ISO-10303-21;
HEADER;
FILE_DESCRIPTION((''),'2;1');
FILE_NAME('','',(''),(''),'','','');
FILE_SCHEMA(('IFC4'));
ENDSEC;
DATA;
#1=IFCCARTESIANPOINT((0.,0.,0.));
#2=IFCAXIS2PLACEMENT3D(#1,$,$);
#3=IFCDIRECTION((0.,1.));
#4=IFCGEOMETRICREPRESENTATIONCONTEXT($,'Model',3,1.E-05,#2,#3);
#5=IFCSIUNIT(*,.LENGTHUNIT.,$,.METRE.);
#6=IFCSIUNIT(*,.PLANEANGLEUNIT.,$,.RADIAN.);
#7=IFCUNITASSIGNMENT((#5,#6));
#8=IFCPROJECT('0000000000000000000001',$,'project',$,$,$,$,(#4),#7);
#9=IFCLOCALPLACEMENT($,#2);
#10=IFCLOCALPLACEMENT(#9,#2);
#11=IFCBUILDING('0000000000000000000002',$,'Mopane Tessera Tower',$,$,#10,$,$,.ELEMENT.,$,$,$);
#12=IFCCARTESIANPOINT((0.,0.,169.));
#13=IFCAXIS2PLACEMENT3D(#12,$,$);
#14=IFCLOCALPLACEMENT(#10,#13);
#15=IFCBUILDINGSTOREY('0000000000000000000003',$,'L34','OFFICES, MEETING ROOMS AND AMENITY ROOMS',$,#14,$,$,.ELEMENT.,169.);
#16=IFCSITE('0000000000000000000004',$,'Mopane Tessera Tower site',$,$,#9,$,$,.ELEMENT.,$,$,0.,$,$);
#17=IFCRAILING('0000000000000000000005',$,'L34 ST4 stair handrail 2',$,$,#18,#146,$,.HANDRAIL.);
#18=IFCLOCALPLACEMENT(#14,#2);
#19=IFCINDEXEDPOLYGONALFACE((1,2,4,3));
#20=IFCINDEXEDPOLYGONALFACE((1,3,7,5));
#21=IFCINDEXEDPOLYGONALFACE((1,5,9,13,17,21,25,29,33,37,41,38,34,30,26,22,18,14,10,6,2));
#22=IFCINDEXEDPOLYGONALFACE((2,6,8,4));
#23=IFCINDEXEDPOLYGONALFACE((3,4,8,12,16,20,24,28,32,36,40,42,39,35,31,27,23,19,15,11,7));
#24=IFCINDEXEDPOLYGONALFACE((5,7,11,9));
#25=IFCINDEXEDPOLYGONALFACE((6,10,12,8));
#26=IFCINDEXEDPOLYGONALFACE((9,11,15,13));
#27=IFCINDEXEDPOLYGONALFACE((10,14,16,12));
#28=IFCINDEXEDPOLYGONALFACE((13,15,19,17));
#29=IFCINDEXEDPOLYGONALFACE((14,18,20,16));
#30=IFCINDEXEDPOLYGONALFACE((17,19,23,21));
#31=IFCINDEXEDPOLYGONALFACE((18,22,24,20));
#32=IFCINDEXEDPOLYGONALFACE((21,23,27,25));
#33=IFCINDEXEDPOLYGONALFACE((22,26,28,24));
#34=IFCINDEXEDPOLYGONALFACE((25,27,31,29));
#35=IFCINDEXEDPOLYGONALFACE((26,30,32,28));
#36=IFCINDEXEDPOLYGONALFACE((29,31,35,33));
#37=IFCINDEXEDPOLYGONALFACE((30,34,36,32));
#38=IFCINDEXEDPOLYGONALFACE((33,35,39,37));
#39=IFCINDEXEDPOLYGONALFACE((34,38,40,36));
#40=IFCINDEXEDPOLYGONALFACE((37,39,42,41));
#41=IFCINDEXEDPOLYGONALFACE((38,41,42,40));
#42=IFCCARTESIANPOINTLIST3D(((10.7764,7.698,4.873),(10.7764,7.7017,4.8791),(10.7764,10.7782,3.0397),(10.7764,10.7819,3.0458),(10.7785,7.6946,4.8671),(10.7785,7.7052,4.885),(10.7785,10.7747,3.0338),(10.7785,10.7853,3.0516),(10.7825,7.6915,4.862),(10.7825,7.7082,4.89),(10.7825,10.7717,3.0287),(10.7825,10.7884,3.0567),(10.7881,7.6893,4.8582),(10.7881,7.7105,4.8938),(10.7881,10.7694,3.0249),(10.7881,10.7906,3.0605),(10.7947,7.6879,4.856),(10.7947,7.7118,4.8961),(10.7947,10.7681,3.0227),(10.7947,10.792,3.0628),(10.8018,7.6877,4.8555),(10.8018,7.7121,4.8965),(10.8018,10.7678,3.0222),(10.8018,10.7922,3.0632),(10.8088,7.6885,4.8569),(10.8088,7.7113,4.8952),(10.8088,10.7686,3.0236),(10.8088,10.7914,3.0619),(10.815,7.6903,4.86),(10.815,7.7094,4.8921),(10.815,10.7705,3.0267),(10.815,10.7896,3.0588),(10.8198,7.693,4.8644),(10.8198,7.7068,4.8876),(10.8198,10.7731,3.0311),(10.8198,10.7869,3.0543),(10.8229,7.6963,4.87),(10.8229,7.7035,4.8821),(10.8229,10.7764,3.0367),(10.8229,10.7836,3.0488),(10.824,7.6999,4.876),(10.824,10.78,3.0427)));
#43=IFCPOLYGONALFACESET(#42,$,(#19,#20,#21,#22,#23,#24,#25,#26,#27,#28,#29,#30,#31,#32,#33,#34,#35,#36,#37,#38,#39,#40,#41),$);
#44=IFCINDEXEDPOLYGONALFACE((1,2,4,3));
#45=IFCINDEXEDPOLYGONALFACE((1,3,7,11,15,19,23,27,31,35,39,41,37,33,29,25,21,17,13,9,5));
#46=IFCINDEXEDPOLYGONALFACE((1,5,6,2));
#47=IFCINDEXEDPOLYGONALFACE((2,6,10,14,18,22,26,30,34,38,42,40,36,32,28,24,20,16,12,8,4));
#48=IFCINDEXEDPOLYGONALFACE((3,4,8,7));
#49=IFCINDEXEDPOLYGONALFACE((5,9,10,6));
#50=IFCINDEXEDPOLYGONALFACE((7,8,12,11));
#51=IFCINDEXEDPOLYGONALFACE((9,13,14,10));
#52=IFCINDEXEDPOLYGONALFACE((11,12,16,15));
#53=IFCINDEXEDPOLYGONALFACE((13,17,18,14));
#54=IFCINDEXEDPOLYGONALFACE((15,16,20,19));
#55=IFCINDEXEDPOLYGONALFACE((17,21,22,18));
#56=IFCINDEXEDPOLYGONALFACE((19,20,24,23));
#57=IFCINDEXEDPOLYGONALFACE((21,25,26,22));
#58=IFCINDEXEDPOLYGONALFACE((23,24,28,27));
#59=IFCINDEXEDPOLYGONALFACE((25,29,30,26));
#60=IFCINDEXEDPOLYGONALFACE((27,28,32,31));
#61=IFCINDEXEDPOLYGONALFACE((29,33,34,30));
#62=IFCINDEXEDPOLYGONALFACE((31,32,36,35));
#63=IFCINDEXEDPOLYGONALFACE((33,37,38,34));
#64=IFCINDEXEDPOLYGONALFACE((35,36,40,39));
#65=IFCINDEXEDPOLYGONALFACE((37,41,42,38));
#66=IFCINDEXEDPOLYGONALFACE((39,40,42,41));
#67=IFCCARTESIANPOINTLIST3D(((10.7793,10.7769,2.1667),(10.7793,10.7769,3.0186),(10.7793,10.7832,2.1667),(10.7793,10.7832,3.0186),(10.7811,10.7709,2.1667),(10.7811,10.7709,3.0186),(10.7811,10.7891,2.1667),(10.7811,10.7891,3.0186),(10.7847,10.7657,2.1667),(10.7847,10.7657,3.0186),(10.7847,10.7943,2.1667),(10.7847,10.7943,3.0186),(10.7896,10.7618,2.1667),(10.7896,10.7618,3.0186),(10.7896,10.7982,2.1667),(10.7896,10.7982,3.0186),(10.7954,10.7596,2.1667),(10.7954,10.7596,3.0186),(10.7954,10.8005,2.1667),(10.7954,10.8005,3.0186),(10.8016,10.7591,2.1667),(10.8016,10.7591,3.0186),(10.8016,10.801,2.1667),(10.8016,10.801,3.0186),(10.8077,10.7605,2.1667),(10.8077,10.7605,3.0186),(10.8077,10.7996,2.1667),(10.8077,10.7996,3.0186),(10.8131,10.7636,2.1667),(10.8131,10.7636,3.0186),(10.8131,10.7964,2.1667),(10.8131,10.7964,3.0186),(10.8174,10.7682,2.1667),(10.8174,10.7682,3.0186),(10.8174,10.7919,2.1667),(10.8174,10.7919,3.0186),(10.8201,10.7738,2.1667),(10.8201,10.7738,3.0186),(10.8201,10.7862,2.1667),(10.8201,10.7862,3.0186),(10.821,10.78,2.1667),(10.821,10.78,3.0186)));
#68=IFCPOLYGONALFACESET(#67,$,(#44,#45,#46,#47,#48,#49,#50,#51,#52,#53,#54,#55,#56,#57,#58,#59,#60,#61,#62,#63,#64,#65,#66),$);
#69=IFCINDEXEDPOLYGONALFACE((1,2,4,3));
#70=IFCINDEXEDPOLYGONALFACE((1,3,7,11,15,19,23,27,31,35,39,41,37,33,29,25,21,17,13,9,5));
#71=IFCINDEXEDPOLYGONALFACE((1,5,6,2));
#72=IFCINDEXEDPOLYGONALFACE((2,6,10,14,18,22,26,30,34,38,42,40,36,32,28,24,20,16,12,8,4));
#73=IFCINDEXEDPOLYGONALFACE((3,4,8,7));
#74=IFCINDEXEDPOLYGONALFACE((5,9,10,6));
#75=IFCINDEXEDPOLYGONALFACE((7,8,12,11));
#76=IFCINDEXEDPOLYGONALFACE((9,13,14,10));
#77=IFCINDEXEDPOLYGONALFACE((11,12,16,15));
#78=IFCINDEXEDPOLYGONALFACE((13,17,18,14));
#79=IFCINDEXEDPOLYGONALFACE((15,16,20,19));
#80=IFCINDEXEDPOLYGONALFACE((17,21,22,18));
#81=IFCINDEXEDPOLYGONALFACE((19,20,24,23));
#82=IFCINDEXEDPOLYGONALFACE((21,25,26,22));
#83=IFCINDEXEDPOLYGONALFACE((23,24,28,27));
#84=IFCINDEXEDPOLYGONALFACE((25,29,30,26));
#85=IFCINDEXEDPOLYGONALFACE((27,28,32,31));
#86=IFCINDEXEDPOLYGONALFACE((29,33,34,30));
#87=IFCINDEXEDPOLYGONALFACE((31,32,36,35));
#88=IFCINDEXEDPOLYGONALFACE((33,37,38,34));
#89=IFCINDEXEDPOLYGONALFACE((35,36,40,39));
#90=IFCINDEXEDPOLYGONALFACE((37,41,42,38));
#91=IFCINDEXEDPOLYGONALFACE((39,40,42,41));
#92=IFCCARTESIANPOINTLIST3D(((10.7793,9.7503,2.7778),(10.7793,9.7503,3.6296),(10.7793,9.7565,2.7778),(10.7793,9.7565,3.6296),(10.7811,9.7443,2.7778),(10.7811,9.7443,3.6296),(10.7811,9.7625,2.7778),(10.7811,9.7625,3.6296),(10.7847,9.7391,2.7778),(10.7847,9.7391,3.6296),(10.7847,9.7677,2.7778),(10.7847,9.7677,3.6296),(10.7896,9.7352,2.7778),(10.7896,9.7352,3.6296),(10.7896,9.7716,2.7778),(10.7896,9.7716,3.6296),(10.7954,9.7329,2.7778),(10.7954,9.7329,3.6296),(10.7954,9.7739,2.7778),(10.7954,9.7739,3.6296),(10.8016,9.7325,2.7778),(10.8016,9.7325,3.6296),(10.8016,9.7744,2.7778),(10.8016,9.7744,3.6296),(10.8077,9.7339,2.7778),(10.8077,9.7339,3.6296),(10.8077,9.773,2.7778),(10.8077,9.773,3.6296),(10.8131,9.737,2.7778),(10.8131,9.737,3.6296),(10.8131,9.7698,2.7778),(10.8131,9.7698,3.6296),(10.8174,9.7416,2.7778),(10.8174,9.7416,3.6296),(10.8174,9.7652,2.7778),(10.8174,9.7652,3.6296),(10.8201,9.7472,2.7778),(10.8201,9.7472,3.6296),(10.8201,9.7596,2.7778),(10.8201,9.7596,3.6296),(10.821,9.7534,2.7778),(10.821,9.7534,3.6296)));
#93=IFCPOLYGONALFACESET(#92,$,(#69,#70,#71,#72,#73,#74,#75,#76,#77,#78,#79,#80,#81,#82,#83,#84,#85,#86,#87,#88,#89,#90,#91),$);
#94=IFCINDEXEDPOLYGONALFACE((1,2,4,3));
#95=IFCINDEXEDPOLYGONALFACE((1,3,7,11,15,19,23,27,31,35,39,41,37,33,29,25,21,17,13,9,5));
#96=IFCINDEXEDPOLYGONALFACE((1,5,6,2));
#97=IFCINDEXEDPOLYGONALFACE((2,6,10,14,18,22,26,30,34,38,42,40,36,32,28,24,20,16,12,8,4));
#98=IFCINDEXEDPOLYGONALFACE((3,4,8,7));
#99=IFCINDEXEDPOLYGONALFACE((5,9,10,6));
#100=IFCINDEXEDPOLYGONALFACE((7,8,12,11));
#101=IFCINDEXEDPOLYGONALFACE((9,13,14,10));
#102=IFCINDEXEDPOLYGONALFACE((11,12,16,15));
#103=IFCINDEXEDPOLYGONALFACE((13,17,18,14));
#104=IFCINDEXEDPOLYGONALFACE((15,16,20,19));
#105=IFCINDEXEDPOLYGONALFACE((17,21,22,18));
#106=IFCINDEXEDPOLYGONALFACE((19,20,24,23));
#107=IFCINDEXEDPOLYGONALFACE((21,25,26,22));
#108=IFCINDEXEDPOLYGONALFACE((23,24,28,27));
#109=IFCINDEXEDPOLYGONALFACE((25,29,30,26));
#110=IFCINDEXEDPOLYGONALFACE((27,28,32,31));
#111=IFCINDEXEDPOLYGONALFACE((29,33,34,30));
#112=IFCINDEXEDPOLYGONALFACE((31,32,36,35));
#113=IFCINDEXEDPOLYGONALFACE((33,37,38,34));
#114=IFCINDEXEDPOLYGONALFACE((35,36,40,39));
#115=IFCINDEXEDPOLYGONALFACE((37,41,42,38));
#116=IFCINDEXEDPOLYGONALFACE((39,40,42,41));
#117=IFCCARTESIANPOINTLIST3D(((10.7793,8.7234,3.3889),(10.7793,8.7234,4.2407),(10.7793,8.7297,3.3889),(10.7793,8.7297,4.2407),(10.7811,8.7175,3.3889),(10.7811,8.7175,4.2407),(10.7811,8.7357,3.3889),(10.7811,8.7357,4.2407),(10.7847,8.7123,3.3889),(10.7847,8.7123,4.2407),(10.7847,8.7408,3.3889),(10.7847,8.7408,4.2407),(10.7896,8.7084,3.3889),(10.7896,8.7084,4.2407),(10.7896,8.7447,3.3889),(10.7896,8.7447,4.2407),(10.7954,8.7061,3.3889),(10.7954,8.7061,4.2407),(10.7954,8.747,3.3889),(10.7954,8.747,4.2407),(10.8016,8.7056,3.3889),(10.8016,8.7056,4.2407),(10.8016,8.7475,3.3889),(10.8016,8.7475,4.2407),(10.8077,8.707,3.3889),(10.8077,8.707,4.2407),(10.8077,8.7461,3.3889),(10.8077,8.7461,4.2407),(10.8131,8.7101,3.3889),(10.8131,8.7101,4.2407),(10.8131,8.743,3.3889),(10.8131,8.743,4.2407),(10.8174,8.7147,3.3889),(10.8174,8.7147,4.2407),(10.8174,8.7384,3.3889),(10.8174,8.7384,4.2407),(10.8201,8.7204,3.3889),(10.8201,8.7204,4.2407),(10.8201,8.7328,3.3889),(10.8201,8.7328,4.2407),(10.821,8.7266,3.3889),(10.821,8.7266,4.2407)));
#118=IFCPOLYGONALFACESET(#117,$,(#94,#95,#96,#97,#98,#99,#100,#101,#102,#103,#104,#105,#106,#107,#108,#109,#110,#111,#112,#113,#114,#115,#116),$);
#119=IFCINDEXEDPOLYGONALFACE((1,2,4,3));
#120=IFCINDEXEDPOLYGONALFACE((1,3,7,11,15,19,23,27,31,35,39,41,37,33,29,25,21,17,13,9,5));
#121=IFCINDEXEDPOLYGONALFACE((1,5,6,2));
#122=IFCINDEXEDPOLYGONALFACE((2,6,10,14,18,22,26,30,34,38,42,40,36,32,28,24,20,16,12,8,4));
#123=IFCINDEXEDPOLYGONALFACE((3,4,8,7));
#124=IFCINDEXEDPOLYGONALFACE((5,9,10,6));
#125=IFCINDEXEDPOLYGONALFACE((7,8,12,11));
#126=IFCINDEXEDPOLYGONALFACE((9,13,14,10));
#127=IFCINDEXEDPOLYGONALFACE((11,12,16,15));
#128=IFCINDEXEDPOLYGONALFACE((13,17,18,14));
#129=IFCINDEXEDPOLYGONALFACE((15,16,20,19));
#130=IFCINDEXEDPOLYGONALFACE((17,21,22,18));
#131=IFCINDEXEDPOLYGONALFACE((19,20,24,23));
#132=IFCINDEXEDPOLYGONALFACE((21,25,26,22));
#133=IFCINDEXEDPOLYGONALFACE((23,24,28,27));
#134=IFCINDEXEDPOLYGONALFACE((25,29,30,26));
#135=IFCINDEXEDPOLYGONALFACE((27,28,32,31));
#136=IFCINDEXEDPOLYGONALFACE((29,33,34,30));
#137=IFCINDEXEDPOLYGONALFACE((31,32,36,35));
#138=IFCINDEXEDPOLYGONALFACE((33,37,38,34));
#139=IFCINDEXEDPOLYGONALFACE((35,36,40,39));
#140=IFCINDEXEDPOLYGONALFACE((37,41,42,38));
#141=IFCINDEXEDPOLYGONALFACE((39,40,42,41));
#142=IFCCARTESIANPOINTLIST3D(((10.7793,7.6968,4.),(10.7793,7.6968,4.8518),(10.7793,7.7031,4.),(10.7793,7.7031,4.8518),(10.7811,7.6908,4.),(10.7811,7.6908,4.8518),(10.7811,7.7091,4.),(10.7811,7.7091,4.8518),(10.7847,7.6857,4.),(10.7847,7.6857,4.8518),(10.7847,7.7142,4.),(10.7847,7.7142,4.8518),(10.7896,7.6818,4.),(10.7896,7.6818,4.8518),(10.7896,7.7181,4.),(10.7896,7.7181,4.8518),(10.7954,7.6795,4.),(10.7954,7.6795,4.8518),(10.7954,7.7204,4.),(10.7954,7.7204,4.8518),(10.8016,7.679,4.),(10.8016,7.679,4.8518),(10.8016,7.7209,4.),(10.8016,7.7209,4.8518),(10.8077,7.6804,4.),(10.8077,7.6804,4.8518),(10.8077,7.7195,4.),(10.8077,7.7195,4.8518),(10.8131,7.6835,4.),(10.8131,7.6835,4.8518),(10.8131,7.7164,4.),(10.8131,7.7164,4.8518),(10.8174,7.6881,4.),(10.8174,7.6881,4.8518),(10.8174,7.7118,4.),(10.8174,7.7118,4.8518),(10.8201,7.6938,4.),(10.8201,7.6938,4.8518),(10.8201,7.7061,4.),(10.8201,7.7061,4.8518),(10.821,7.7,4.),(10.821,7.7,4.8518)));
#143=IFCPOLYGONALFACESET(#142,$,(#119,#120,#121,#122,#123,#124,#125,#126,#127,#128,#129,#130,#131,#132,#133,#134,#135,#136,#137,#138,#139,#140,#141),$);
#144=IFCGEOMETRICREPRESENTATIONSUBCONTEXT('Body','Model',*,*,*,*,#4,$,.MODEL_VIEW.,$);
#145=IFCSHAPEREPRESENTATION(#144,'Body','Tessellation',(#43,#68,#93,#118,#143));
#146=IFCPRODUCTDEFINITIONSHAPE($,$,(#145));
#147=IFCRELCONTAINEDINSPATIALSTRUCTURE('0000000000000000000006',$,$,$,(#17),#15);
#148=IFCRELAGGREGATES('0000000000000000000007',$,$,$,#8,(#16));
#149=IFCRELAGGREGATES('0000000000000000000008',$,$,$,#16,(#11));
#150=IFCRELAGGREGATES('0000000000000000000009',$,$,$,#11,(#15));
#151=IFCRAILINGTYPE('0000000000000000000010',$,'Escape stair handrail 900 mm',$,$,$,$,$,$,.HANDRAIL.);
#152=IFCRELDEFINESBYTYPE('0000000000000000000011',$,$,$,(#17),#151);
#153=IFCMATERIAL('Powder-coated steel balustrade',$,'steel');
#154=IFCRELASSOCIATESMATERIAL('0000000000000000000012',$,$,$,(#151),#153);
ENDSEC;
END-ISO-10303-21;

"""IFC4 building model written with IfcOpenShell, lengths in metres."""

from ifc_helpers import new_model, si_unit, direction, frame, origin, origin_2d, place, context, subcontext, project, spatial, circle, extrude, material, type_object, element, save


model = new_model("IFC4")

# Units and contexts
model_context = context("Model", 3, precision=1e-05, world=origin(), true_north=direction((0.0, 1.0)))
body_context = subcontext(model_context, "Body", "Model", "MODEL_VIEW")
ifc_project = project(units=[si_unit("LENGTHUNIT", "METRE"), si_unit("PLANEANGLEUNIT", "RADIAN")], contexts=[model_context])

# Site, building, storey
site_placement = place(None, origin())
site = spatial("IfcSite", under=ifc_project, at=site_placement, Name="Mopane Tessera Tower site", CompositionType="ELEMENT", RefElevation=0.0)
building_placement = place(site_placement, origin())
building = spatial("IfcBuilding", under=site, at=building_placement, Name="Mopane Tessera Tower", CompositionType="ELEMENT")
storey_placement = place(building_placement, frame((0.0, 0.0, 169.0)))
storey = spatial("IfcBuildingStorey", under=building, at=storey_placement, Name="L34", Description="OFFICES, MEETING ROOMS AND AMENITY ROOMS", CompositionType="ELEMENT", Elevation=169.0)

# Railing
ifc_material_1 = material(Name="Powder-coated steel balustrade", Category="steel")
railing_type_1 = type_object("IfcRailingType", Name="Escape stair handrail 900 mm", PredefinedType="HANDRAIL", material=ifc_material_1)
railing_1_placement = place(storey_placement, frame((10.8, 10.78, 2.1667)))
element("IfcRailing", 1, at=railing_1_placement, inside=storey, type_object=railing_type_1, Name="L34 ST4 stair handrail 2", PredefinedType="HANDRAIL", context=body_context, shape_type="SweptSolid", body=[
    extrude(circle(Radius=0.0239, at=origin_2d()), frame((0.0, 0.0, 0.876), z_axis=(0.0, -0.859309, 0.511458), x_axis=(1.0, 0.0, 0.0)), (0.0, 0.0, 1.0), 3.5845),
    extrude(circle(Radius=0.021, at=origin_2d()), origin(), (0.0, 0.0, 1.0), 0.8518),
    extrude(circle(Radius=0.021, at=origin_2d()), frame((0.0, -1.0266, 0.6111)), (0.0, 0.0, 1.0), 0.8518),
    extrude(circle(Radius=0.021, at=origin_2d()), frame((0.0, -2.0535, 1.2222)), (0.0, 0.0, 1.0), 0.8518),
    extrude(circle(Radius=0.021, at=origin_2d()), frame((0.0, -3.0801, 1.8333)), (0.0, 0.0, 1.0), 0.8518),
])

save(model, "model.ifc")
